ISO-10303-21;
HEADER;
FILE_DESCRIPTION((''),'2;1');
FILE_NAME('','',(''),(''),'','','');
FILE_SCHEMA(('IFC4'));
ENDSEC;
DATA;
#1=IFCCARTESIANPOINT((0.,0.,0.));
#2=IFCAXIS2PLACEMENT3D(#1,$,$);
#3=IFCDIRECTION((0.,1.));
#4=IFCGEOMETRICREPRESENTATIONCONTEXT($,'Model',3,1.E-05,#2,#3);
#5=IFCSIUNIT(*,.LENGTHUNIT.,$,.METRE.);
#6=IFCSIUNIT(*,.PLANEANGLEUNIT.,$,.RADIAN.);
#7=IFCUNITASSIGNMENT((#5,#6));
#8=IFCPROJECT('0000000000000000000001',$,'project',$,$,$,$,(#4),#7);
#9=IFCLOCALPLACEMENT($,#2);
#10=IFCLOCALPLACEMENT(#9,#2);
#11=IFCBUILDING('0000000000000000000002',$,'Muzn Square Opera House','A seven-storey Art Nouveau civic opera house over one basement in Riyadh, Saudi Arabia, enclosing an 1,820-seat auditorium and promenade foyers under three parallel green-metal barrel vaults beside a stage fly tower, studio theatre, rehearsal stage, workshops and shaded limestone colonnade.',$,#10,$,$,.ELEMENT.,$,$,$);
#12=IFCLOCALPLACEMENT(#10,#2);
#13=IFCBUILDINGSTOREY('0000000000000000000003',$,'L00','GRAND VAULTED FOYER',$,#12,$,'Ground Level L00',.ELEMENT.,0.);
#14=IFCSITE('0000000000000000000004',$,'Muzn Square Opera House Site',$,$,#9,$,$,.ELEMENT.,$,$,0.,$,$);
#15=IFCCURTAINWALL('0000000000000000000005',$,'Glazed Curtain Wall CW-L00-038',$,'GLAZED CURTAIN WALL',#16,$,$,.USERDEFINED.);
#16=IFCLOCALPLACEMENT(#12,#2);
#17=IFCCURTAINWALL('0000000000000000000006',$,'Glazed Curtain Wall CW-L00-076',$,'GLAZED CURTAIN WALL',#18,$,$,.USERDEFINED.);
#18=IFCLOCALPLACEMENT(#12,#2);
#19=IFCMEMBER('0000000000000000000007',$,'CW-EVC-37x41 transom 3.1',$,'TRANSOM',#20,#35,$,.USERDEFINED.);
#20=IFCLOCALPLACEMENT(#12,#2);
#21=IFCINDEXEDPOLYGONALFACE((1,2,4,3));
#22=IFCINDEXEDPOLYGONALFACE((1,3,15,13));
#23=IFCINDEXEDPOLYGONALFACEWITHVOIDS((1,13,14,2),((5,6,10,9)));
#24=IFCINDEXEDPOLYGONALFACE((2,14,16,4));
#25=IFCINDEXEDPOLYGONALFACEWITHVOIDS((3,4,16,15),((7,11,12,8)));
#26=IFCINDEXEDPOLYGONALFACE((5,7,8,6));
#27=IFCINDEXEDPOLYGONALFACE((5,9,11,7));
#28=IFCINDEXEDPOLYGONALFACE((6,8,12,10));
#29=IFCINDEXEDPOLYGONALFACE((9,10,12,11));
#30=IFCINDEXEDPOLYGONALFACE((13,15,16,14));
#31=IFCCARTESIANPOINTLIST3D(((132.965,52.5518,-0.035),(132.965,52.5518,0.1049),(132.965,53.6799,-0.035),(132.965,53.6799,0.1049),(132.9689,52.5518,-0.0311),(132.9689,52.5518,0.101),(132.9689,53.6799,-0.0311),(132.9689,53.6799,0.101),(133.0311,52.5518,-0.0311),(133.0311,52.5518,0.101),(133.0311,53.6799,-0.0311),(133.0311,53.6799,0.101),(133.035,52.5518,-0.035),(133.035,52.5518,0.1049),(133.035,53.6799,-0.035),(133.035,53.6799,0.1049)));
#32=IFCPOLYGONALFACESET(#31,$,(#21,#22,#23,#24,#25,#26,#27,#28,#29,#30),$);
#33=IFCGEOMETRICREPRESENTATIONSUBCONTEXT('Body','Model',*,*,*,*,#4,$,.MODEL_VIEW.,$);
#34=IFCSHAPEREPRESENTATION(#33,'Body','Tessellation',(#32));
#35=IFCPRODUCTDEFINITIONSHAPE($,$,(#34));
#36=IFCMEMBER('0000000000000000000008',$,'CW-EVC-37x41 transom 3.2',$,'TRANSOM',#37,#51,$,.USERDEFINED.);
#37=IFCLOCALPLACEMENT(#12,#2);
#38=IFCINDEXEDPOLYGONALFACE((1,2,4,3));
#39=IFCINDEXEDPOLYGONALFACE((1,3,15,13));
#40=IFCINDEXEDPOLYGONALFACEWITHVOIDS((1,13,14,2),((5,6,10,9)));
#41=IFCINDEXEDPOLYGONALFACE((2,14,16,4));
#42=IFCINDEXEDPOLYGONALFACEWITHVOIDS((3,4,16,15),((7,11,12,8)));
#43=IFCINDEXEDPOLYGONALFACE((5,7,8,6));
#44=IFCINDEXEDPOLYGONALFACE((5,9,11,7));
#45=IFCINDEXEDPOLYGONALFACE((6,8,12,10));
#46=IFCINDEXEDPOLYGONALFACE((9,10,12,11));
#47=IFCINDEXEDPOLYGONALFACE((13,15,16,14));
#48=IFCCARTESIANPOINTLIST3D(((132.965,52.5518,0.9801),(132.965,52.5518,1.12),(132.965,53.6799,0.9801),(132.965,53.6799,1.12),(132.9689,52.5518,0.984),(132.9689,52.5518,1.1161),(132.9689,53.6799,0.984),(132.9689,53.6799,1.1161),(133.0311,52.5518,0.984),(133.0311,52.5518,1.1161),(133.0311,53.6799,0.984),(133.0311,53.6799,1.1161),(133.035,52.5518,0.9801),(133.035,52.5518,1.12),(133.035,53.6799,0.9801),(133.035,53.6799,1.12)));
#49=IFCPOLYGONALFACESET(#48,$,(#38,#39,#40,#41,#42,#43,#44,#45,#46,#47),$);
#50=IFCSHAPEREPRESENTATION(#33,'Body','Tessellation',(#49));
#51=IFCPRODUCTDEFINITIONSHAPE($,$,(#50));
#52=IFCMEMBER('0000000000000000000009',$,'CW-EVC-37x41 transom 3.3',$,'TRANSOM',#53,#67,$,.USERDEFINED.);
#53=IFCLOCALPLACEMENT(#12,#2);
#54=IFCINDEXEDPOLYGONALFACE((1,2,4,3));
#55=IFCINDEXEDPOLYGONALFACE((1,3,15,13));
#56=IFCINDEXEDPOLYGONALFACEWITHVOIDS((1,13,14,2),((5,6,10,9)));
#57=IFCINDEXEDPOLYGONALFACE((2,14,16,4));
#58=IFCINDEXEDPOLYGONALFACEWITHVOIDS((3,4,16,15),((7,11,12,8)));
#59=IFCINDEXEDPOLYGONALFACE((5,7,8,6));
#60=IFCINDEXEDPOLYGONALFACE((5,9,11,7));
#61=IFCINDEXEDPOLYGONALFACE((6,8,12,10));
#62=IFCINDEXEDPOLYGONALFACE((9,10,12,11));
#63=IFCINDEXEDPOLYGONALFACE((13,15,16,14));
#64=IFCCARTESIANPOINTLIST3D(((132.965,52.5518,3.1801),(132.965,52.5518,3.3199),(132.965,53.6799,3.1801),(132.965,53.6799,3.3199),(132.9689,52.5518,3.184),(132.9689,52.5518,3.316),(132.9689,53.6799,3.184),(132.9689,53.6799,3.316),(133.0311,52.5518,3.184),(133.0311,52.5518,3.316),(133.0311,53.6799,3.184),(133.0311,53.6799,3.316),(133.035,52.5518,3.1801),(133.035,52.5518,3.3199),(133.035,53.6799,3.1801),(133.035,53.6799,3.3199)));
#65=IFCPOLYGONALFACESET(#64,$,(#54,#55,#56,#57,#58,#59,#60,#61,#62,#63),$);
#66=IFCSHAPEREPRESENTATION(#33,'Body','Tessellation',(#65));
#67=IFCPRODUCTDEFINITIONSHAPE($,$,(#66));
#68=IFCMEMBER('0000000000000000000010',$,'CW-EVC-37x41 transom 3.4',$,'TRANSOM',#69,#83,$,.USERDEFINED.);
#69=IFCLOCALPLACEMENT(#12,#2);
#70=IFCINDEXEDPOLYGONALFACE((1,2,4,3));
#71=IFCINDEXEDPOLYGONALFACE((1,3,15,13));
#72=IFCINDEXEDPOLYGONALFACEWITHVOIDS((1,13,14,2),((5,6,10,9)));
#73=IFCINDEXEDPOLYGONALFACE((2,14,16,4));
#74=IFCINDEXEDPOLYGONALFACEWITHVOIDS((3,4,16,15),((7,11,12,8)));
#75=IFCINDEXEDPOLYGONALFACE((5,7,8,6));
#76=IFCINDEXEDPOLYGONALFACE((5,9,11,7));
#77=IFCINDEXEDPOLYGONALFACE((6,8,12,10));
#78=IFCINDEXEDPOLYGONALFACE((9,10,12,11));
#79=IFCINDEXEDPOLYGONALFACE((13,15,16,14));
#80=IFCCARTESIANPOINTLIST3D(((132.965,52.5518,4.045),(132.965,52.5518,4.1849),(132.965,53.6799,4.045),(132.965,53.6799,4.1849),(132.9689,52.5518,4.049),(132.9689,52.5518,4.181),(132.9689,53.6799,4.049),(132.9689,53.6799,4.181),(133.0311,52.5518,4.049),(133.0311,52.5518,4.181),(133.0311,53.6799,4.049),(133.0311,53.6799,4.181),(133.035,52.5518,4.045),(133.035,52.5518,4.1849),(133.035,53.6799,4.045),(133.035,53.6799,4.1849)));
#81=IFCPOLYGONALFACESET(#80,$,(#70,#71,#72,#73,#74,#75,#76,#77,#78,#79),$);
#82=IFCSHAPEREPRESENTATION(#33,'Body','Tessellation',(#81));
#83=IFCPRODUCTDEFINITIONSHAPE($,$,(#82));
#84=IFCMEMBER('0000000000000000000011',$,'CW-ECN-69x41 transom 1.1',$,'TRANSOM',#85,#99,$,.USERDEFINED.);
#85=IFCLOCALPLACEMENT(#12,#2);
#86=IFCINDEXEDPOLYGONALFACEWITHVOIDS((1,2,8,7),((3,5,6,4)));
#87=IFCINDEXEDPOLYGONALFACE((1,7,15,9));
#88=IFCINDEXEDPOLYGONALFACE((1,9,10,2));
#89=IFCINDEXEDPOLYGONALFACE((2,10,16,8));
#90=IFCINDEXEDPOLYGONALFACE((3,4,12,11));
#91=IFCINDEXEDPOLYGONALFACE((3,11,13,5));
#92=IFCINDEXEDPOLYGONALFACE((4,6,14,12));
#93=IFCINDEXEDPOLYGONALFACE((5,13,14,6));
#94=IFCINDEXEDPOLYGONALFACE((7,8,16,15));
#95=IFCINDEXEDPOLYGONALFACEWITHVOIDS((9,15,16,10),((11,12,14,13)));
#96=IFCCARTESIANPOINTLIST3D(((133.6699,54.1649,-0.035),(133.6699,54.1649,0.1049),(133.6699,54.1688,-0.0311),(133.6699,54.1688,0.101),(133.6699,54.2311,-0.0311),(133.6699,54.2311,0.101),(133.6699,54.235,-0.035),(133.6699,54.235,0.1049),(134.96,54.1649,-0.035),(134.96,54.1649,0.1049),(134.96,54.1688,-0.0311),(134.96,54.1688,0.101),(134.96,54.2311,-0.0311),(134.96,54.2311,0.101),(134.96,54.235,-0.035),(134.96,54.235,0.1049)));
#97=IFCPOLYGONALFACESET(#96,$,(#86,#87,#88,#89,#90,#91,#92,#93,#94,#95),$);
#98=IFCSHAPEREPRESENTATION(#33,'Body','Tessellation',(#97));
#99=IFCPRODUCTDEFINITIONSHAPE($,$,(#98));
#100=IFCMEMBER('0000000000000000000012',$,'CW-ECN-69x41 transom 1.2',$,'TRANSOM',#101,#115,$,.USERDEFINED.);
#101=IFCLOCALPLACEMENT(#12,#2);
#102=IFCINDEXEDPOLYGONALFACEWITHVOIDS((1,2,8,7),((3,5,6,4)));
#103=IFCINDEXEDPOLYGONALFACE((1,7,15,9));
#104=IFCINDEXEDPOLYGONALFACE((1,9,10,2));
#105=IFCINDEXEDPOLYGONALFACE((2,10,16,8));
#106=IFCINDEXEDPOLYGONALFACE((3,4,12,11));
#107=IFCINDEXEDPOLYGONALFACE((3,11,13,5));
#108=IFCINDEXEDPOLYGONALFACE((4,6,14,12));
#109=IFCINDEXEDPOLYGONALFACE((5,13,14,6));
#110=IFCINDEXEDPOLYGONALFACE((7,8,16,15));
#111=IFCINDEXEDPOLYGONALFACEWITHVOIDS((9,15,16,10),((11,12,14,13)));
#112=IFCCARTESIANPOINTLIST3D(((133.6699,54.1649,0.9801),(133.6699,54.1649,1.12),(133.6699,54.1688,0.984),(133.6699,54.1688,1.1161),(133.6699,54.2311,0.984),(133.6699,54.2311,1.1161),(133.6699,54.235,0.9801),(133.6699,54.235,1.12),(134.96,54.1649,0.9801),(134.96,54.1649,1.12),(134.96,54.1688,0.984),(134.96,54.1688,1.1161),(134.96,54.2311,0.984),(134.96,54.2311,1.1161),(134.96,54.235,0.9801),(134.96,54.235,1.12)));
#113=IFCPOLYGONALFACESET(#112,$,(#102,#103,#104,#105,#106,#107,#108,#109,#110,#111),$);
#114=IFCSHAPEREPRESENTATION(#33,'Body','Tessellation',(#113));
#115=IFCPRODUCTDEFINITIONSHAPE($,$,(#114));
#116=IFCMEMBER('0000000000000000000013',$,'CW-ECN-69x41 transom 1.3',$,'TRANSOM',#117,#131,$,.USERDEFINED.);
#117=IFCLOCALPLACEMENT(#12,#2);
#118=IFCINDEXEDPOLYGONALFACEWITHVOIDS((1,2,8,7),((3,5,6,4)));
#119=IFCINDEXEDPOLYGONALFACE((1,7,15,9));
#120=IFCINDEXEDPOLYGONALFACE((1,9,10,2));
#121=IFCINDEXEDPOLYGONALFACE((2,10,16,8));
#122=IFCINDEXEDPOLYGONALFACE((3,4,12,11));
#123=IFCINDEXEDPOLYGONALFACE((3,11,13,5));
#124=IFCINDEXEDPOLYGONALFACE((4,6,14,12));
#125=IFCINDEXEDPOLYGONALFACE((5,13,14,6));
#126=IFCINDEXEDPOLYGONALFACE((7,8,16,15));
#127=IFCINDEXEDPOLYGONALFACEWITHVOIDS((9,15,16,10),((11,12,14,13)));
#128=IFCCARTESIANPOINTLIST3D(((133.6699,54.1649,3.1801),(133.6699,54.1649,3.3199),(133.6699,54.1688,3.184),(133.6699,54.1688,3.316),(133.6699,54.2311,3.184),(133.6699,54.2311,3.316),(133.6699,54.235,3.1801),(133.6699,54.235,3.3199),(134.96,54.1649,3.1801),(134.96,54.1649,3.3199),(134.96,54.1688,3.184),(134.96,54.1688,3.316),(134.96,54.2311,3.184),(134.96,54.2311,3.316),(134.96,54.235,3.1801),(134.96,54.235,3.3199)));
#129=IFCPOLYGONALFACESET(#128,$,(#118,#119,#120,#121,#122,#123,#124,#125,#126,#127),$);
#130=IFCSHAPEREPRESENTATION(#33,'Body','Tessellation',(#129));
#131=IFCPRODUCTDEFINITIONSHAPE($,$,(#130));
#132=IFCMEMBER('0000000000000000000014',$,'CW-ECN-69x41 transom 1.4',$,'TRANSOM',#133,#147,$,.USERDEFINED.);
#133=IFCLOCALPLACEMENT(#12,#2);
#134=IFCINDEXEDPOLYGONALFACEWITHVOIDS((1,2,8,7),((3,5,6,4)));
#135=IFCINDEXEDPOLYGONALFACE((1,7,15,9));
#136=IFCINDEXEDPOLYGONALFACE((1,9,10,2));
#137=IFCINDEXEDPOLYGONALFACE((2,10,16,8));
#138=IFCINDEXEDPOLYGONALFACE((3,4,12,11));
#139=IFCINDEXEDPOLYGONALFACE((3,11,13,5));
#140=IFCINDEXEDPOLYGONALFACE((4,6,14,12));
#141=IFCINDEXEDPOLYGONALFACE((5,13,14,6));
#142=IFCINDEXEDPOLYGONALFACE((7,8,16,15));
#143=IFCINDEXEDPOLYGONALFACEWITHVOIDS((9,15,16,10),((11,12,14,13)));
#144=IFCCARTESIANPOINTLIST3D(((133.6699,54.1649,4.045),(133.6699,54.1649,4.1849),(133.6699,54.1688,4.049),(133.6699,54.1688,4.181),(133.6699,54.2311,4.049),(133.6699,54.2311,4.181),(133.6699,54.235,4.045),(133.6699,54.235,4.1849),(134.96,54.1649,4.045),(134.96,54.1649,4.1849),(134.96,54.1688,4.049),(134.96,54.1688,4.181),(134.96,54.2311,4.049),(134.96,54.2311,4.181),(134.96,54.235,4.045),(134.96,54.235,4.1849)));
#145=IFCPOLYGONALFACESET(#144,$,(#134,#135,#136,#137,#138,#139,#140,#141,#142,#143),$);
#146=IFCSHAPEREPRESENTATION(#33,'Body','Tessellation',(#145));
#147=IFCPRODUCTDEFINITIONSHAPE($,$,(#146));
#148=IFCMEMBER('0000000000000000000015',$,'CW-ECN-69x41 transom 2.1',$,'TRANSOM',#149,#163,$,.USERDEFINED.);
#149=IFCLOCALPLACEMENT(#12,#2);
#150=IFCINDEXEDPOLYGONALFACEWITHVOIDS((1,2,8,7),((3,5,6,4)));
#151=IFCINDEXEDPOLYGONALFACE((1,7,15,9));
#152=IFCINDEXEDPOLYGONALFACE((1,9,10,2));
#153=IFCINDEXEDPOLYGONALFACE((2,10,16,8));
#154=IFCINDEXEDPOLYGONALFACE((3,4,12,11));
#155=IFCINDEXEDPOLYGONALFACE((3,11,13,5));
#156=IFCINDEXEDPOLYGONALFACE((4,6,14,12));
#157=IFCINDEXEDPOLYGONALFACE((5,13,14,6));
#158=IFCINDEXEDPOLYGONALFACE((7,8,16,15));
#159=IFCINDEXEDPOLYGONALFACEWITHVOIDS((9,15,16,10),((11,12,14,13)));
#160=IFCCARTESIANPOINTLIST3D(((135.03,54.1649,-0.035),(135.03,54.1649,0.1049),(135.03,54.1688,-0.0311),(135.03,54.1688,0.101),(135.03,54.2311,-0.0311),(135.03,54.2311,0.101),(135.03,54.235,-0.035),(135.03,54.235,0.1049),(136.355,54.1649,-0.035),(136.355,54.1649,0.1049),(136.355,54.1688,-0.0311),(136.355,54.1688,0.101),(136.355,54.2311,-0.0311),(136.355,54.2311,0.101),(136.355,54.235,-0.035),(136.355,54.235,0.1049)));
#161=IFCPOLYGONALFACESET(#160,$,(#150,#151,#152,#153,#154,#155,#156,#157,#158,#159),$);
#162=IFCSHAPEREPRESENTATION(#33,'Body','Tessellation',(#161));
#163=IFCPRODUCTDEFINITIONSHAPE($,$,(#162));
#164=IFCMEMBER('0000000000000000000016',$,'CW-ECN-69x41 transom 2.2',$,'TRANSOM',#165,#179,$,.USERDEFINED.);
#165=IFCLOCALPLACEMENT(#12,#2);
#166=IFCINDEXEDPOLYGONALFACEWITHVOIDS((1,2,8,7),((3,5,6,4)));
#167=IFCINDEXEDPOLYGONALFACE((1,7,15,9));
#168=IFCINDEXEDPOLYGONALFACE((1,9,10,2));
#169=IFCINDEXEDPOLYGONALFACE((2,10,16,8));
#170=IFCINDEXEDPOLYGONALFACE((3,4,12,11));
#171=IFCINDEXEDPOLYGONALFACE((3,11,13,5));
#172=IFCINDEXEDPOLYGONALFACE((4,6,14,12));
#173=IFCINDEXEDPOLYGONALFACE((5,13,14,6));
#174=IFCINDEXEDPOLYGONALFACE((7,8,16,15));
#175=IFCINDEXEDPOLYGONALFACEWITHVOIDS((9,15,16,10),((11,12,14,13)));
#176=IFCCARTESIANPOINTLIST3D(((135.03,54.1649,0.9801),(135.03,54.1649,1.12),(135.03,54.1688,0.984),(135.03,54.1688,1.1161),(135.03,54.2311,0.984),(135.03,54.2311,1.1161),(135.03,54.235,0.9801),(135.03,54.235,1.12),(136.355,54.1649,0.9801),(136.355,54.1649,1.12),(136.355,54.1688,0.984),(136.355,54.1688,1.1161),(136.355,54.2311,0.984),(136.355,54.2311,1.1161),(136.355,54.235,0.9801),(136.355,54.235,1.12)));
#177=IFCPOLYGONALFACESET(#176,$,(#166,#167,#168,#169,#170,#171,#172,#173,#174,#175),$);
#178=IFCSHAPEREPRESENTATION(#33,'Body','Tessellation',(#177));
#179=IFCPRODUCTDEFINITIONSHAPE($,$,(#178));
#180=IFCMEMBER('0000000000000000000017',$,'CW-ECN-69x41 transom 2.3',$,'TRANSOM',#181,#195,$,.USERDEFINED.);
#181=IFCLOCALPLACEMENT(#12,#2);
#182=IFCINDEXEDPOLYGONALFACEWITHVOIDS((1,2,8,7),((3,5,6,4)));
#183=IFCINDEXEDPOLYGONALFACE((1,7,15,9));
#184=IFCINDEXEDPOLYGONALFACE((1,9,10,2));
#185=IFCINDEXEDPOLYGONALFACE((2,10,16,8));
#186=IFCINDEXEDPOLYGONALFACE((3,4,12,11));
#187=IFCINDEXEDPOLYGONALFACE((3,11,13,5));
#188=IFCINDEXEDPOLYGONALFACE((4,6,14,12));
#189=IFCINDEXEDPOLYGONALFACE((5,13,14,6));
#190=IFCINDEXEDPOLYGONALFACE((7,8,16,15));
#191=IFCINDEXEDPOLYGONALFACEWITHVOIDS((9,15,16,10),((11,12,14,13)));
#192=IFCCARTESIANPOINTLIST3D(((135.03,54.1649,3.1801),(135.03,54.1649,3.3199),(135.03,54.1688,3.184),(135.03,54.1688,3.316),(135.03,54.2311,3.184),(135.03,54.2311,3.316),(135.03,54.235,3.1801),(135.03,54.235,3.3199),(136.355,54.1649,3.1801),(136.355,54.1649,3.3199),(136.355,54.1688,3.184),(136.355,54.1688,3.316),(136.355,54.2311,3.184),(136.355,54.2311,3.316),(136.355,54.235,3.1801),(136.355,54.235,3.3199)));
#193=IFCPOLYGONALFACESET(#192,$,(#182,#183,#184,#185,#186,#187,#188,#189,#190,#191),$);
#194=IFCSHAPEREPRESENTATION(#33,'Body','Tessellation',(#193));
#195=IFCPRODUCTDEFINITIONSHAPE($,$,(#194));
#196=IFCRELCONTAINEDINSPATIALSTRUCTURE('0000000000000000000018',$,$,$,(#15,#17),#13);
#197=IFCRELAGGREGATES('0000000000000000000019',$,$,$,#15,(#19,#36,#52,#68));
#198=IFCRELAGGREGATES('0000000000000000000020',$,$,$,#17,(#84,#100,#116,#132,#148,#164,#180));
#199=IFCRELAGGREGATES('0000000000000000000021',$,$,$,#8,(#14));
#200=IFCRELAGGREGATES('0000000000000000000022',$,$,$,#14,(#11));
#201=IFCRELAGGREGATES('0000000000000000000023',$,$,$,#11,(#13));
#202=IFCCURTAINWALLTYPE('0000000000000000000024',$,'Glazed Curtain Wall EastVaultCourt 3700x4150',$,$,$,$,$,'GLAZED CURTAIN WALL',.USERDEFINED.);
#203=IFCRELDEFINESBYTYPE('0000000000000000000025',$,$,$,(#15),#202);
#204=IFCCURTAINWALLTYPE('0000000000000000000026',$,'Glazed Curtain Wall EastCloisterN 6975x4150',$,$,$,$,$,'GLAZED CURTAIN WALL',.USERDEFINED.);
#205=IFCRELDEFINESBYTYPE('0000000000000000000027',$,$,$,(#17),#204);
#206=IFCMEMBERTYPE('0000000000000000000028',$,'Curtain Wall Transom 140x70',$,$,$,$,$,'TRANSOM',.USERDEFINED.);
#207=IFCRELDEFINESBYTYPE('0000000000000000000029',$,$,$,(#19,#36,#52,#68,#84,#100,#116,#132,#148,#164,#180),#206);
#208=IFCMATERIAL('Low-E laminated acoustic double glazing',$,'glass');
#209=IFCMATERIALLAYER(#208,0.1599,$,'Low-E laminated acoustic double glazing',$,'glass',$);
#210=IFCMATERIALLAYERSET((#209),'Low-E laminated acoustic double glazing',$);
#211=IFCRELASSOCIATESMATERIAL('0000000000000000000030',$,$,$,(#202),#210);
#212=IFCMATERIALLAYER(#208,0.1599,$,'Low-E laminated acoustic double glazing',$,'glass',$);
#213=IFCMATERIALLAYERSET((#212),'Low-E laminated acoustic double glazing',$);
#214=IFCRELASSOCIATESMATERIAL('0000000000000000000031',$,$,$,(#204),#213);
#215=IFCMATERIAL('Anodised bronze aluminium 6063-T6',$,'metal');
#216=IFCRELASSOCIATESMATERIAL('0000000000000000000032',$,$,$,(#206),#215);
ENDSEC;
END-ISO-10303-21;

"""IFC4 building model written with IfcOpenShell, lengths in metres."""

from ifc_helpers import new_model, si_unit, direction, frame, origin, origin_2d, place, context, subcontext, project, spatial, hollow_rectangle, extrude, material, layer, layer_set, material_profile, profile_set, type_object, element, aggregate, save


model = new_model("IFC4")

# Units and contexts
model_context = context("Model", 3, precision=1e-05, world=origin(), true_north=direction((0.0, 1.0)))
body_context = subcontext(model_context, "Body", "Model", "MODEL_VIEW")
ifc_project = project(units=[si_unit("LENGTHUNIT", "METRE"), si_unit("PLANEANGLEUNIT", "RADIAN")], contexts=[model_context])

# Site, building, storey
site_placement = place(None, origin())
site = spatial("IfcSite", under=ifc_project, at=site_placement, Name="Muzn Square Opera House Site", CompositionType="ELEMENT", RefElevation=0.0)
building_placement = place(site_placement, origin())
building = spatial("IfcBuilding", under=site, at=building_placement, Name="Muzn Square Opera House", Description="A seven-storey Art Nouveau civic opera house over one basement in Riyadh, Saudi Arabia, enclosing an 1,820-seat auditorium and promenade foyers under three parallel green-metal barrel vaults beside a stage fly tower, studio theatre, rehearsal stage, workshops and shaded limestone colonnade.", CompositionType="ELEMENT")
storey_placement = place(building_placement, origin())
storey = spatial("IfcBuildingStorey", under=building, at=storey_placement, Name="L00", Description="GRAND VAULTED FOYER", LongName="Ground Level L00", CompositionType="ELEMENT", Elevation=0.0)

# Curtain walls
ifc_material_1 = material(Name="Low-E laminated acoustic double glazing", Category="glass")
ifc_layer_1 = layer(ifc_material_1, 0.1599, Name="Low-E laminated acoustic double glazing", Category="glass")
ifc_layer_set_1 = layer_set([ifc_layer_1], Name="Low-E laminated acoustic double glazing")
curtain_wall_type_1 = type_object("IfcCurtainWallType", Name="Glazed Curtain Wall EastVaultCourt 3700x4150", ElementType="GLAZED CURTAIN WALL", PredefinedType="USERDEFINED", material=ifc_layer_set_1)
curtain_wall_1_placement = place(storey_placement, origin())
curtain_wall_1 = element("IfcCurtainWall", 1, at=curtain_wall_1_placement, inside=storey, type_object=curtain_wall_type_1, Name="Glazed Curtain Wall CW-L00-038", ObjectType="GLAZED CURTAIN WALL", PredefinedType="USERDEFINED")
ifc_material_2 = material(Name="Anodised bronze aluminium 6063-T6", Category="metal")
ifc_layer_2 = layer(ifc_material_1, 0.1599, Name="Low-E laminated acoustic double glazing", Category="glass")
ifc_layer_set_2 = layer_set([ifc_layer_2], Name="Low-E laminated acoustic double glazing")
curtain_wall_type_2 = type_object("IfcCurtainWallType", Name="Glazed Curtain Wall EastCloisterN 6975x4150", ElementType="GLAZED CURTAIN WALL", PredefinedType="USERDEFINED", material=ifc_layer_set_2)
curtain_wall_2_placement = place(storey_placement, origin())
curtain_wall_2 = element("IfcCurtainWall", 2, at=curtain_wall_2_placement, inside=storey, type_object=curtain_wall_type_2, Name="Glazed Curtain Wall CW-L00-076", ObjectType="GLAZED CURTAIN WALL", PredefinedType="USERDEFINED")

# Members
ifc_material_profile_1 = material_profile(ifc_material_2, hollow_rectangle(XDim=0.0701, YDim=0.1399, WallThickness=0.0039, at=origin_2d()), Name="ALU 140x70x4", Category="metal")
ifc_profile_set_1 = profile_set([ifc_material_profile_1], Name="Anodised bronze aluminium 6063-T6")
member_type_1 = type_object("IfcMemberType", Name="Curtain Wall Transom 140x70", ElementType="TRANSOM", PredefinedType="USERDEFINED", material=ifc_profile_set_1)
member_1_placement = place(storey_placement, frame((133.0, 52.5518, 0.0349), z_axis=(0.0, 1.0, 0.0), x_axis=(-1.0, 0.0, 0.0)))
member_1 = element("IfcMember", 3, at=member_1_placement, type_object=member_type_1, Name="CW-EVC-37x41 transom 3.1", ObjectType="TRANSOM", PredefinedType="USERDEFINED", context=body_context, shape_type="SweptSolid", body=[
    extrude(hollow_rectangle(XDim=0.0701, YDim=0.1399, WallThickness=0.0039, at=origin_2d()), origin(), (0.0, 0.0, 1.0), 1.1282),
])
member_2_placement = place(storey_placement, frame((133.0, 52.5518, 1.05), z_axis=(0.0, 1.0, 0.0), x_axis=(-1.0, 0.0, 0.0)))
member_2 = element("IfcMember", 4, at=member_2_placement, type_object=member_type_1, Name="CW-EVC-37x41 transom 3.2", ObjectType="TRANSOM", PredefinedType="USERDEFINED", context=body_context, shape_type="SweptSolid", body=[
    extrude(hollow_rectangle(XDim=0.0701, YDim=0.1399, WallThickness=0.0039, at=origin_2d()), origin(), (0.0, 0.0, 1.0), 1.1282),
])
member_3_placement = place(storey_placement, frame((133.0, 52.5518, 3.25), z_axis=(0.0, 1.0, 0.0), x_axis=(-1.0, 0.0, 0.0)))
member_3 = element("IfcMember", 5, at=member_3_placement, type_object=member_type_1, Name="CW-EVC-37x41 transom 3.3", ObjectType="TRANSOM", PredefinedType="USERDEFINED", context=body_context, shape_type="SweptSolid", body=[
    extrude(hollow_rectangle(XDim=0.0701, YDim=0.1399, WallThickness=0.0039, at=origin_2d()), origin(), (0.0, 0.0, 1.0), 1.1282),
])
member_4_placement = place(storey_placement, frame((133.0, 52.5518, 4.115), z_axis=(0.0, 1.0, 0.0), x_axis=(-1.0, 0.0, 0.0)))
member_4 = element("IfcMember", 6, at=member_4_placement, type_object=member_type_1, Name="CW-EVC-37x41 transom 3.4", ObjectType="TRANSOM", PredefinedType="USERDEFINED", context=body_context, shape_type="SweptSolid", body=[
    extrude(hollow_rectangle(XDim=0.0701, YDim=0.1399, WallThickness=0.0039, at=origin_2d()), origin(), (0.0, 0.0, 1.0), 1.1282),
])
member_5_placement = place(storey_placement, frame((133.6699, 54.2, 0.0349), z_axis=(1.0, 0.0, 0.0), x_axis=(0.0, 1.0, 0.0)))
member_5 = element("IfcMember", 7, at=member_5_placement, type_object=member_type_1, Name="CW-ECN-69x41 transom 1.1", ObjectType="TRANSOM", PredefinedType="USERDEFINED", context=body_context, shape_type="SweptSolid", body=[
    extrude(hollow_rectangle(XDim=0.0701, YDim=0.1399, WallThickness=0.0039, at=origin_2d()), origin(), (0.0, 0.0, 1.0), 1.29),
])
member_6_placement = place(storey_placement, frame((133.6699, 54.2, 1.05), z_axis=(1.0, 0.0, 0.0), x_axis=(0.0, 1.0, 0.0)))
member_6 = element("IfcMember", 8, at=member_6_placement, type_object=member_type_1, Name="CW-ECN-69x41 transom 1.2", ObjectType="TRANSOM", PredefinedType="USERDEFINED", context=body_context, shape_type="SweptSolid", body=[
    extrude(hollow_rectangle(XDim=0.0701, YDim=0.1399, WallThickness=0.0039, at=origin_2d()), origin(), (0.0, 0.0, 1.0), 1.29),
])
member_7_placement = place(storey_placement, frame((133.6699, 54.2, 3.25), z_axis=(1.0, 0.0, 0.0), x_axis=(0.0, 1.0, 0.0)))
member_7 = element("IfcMember", 9, at=member_7_placement, type_object=member_type_1, Name="CW-ECN-69x41 transom 1.3", ObjectType="TRANSOM", PredefinedType="USERDEFINED", context=body_context, shape_type="SweptSolid", body=[
    extrude(hollow_rectangle(XDim=0.0701, YDim=0.1399, WallThickness=0.0039, at=origin_2d()), origin(), (0.0, 0.0, 1.0), 1.29),
])
member_8_placement = place(storey_placement, frame((133.6699, 54.2, 4.115), z_axis=(1.0, 0.0, 0.0), x_axis=(0.0, 1.0, 0.0)))
member_8 = element("IfcMember", 10, at=member_8_placement, type_object=member_type_1, Name="CW-ECN-69x41 transom 1.4", ObjectType="TRANSOM", PredefinedType="USERDEFINED", context=body_context, shape_type="SweptSolid", body=[
    extrude(hollow_rectangle(XDim=0.0701, YDim=0.1399, WallThickness=0.0039, at=origin_2d()), origin(), (0.0, 0.0, 1.0), 1.29),
])
member_9_placement = place(storey_placement, frame((135.03, 54.2, 0.0349), z_axis=(1.0, 0.0, 0.0), x_axis=(0.0, 1.0, 0.0)))
member_9 = element("IfcMember", 11, at=member_9_placement, type_object=member_type_1, Name="CW-ECN-69x41 transom 2.1", ObjectType="TRANSOM", PredefinedType="USERDEFINED", context=body_context, shape_type="SweptSolid", body=[
    extrude(hollow_rectangle(XDim=0.0701, YDim=0.1399, WallThickness=0.0039, at=origin_2d()), origin(), (0.0, 0.0, 1.0), 1.325),
])
member_10_placement = place(storey_placement, frame((135.03, 54.2, 1.05), z_axis=(1.0, 0.0, 0.0), x_axis=(0.0, 1.0, 0.0)))
member_10 = element("IfcMember", 12, at=member_10_placement, type_object=member_type_1, Name="CW-ECN-69x41 transom 2.2", ObjectType="TRANSOM", PredefinedType="USERDEFINED", context=body_context, shape_type="SweptSolid", body=[
    extrude(hollow_rectangle(XDim=0.0701, YDim=0.1399, WallThickness=0.0039, at=origin_2d()), origin(), (0.0, 0.0, 1.0), 1.325),
])
member_11_placement = place(storey_placement, frame((135.03, 54.2, 3.25), z_axis=(1.0, 0.0, 0.0), x_axis=(0.0, 1.0, 0.0)))
member_11 = element("IfcMember", 13, at=member_11_placement, type_object=member_type_1, Name="CW-ECN-69x41 transom 2.3", ObjectType="TRANSOM", PredefinedType="USERDEFINED", context=body_context, shape_type="SweptSolid", body=[
    extrude(hollow_rectangle(XDim=0.0701, YDim=0.1399, WallThickness=0.0039, at=origin_2d()), origin(), (0.0, 0.0, 1.0), 1.325),
])

aggregate(curtain_wall_1, [member_1, member_2, member_3, member_4])
aggregate(curtain_wall_2, [member_5, member_6, member_7, member_8, member_9, member_10, member_11])

save(model, "model.ifc")
